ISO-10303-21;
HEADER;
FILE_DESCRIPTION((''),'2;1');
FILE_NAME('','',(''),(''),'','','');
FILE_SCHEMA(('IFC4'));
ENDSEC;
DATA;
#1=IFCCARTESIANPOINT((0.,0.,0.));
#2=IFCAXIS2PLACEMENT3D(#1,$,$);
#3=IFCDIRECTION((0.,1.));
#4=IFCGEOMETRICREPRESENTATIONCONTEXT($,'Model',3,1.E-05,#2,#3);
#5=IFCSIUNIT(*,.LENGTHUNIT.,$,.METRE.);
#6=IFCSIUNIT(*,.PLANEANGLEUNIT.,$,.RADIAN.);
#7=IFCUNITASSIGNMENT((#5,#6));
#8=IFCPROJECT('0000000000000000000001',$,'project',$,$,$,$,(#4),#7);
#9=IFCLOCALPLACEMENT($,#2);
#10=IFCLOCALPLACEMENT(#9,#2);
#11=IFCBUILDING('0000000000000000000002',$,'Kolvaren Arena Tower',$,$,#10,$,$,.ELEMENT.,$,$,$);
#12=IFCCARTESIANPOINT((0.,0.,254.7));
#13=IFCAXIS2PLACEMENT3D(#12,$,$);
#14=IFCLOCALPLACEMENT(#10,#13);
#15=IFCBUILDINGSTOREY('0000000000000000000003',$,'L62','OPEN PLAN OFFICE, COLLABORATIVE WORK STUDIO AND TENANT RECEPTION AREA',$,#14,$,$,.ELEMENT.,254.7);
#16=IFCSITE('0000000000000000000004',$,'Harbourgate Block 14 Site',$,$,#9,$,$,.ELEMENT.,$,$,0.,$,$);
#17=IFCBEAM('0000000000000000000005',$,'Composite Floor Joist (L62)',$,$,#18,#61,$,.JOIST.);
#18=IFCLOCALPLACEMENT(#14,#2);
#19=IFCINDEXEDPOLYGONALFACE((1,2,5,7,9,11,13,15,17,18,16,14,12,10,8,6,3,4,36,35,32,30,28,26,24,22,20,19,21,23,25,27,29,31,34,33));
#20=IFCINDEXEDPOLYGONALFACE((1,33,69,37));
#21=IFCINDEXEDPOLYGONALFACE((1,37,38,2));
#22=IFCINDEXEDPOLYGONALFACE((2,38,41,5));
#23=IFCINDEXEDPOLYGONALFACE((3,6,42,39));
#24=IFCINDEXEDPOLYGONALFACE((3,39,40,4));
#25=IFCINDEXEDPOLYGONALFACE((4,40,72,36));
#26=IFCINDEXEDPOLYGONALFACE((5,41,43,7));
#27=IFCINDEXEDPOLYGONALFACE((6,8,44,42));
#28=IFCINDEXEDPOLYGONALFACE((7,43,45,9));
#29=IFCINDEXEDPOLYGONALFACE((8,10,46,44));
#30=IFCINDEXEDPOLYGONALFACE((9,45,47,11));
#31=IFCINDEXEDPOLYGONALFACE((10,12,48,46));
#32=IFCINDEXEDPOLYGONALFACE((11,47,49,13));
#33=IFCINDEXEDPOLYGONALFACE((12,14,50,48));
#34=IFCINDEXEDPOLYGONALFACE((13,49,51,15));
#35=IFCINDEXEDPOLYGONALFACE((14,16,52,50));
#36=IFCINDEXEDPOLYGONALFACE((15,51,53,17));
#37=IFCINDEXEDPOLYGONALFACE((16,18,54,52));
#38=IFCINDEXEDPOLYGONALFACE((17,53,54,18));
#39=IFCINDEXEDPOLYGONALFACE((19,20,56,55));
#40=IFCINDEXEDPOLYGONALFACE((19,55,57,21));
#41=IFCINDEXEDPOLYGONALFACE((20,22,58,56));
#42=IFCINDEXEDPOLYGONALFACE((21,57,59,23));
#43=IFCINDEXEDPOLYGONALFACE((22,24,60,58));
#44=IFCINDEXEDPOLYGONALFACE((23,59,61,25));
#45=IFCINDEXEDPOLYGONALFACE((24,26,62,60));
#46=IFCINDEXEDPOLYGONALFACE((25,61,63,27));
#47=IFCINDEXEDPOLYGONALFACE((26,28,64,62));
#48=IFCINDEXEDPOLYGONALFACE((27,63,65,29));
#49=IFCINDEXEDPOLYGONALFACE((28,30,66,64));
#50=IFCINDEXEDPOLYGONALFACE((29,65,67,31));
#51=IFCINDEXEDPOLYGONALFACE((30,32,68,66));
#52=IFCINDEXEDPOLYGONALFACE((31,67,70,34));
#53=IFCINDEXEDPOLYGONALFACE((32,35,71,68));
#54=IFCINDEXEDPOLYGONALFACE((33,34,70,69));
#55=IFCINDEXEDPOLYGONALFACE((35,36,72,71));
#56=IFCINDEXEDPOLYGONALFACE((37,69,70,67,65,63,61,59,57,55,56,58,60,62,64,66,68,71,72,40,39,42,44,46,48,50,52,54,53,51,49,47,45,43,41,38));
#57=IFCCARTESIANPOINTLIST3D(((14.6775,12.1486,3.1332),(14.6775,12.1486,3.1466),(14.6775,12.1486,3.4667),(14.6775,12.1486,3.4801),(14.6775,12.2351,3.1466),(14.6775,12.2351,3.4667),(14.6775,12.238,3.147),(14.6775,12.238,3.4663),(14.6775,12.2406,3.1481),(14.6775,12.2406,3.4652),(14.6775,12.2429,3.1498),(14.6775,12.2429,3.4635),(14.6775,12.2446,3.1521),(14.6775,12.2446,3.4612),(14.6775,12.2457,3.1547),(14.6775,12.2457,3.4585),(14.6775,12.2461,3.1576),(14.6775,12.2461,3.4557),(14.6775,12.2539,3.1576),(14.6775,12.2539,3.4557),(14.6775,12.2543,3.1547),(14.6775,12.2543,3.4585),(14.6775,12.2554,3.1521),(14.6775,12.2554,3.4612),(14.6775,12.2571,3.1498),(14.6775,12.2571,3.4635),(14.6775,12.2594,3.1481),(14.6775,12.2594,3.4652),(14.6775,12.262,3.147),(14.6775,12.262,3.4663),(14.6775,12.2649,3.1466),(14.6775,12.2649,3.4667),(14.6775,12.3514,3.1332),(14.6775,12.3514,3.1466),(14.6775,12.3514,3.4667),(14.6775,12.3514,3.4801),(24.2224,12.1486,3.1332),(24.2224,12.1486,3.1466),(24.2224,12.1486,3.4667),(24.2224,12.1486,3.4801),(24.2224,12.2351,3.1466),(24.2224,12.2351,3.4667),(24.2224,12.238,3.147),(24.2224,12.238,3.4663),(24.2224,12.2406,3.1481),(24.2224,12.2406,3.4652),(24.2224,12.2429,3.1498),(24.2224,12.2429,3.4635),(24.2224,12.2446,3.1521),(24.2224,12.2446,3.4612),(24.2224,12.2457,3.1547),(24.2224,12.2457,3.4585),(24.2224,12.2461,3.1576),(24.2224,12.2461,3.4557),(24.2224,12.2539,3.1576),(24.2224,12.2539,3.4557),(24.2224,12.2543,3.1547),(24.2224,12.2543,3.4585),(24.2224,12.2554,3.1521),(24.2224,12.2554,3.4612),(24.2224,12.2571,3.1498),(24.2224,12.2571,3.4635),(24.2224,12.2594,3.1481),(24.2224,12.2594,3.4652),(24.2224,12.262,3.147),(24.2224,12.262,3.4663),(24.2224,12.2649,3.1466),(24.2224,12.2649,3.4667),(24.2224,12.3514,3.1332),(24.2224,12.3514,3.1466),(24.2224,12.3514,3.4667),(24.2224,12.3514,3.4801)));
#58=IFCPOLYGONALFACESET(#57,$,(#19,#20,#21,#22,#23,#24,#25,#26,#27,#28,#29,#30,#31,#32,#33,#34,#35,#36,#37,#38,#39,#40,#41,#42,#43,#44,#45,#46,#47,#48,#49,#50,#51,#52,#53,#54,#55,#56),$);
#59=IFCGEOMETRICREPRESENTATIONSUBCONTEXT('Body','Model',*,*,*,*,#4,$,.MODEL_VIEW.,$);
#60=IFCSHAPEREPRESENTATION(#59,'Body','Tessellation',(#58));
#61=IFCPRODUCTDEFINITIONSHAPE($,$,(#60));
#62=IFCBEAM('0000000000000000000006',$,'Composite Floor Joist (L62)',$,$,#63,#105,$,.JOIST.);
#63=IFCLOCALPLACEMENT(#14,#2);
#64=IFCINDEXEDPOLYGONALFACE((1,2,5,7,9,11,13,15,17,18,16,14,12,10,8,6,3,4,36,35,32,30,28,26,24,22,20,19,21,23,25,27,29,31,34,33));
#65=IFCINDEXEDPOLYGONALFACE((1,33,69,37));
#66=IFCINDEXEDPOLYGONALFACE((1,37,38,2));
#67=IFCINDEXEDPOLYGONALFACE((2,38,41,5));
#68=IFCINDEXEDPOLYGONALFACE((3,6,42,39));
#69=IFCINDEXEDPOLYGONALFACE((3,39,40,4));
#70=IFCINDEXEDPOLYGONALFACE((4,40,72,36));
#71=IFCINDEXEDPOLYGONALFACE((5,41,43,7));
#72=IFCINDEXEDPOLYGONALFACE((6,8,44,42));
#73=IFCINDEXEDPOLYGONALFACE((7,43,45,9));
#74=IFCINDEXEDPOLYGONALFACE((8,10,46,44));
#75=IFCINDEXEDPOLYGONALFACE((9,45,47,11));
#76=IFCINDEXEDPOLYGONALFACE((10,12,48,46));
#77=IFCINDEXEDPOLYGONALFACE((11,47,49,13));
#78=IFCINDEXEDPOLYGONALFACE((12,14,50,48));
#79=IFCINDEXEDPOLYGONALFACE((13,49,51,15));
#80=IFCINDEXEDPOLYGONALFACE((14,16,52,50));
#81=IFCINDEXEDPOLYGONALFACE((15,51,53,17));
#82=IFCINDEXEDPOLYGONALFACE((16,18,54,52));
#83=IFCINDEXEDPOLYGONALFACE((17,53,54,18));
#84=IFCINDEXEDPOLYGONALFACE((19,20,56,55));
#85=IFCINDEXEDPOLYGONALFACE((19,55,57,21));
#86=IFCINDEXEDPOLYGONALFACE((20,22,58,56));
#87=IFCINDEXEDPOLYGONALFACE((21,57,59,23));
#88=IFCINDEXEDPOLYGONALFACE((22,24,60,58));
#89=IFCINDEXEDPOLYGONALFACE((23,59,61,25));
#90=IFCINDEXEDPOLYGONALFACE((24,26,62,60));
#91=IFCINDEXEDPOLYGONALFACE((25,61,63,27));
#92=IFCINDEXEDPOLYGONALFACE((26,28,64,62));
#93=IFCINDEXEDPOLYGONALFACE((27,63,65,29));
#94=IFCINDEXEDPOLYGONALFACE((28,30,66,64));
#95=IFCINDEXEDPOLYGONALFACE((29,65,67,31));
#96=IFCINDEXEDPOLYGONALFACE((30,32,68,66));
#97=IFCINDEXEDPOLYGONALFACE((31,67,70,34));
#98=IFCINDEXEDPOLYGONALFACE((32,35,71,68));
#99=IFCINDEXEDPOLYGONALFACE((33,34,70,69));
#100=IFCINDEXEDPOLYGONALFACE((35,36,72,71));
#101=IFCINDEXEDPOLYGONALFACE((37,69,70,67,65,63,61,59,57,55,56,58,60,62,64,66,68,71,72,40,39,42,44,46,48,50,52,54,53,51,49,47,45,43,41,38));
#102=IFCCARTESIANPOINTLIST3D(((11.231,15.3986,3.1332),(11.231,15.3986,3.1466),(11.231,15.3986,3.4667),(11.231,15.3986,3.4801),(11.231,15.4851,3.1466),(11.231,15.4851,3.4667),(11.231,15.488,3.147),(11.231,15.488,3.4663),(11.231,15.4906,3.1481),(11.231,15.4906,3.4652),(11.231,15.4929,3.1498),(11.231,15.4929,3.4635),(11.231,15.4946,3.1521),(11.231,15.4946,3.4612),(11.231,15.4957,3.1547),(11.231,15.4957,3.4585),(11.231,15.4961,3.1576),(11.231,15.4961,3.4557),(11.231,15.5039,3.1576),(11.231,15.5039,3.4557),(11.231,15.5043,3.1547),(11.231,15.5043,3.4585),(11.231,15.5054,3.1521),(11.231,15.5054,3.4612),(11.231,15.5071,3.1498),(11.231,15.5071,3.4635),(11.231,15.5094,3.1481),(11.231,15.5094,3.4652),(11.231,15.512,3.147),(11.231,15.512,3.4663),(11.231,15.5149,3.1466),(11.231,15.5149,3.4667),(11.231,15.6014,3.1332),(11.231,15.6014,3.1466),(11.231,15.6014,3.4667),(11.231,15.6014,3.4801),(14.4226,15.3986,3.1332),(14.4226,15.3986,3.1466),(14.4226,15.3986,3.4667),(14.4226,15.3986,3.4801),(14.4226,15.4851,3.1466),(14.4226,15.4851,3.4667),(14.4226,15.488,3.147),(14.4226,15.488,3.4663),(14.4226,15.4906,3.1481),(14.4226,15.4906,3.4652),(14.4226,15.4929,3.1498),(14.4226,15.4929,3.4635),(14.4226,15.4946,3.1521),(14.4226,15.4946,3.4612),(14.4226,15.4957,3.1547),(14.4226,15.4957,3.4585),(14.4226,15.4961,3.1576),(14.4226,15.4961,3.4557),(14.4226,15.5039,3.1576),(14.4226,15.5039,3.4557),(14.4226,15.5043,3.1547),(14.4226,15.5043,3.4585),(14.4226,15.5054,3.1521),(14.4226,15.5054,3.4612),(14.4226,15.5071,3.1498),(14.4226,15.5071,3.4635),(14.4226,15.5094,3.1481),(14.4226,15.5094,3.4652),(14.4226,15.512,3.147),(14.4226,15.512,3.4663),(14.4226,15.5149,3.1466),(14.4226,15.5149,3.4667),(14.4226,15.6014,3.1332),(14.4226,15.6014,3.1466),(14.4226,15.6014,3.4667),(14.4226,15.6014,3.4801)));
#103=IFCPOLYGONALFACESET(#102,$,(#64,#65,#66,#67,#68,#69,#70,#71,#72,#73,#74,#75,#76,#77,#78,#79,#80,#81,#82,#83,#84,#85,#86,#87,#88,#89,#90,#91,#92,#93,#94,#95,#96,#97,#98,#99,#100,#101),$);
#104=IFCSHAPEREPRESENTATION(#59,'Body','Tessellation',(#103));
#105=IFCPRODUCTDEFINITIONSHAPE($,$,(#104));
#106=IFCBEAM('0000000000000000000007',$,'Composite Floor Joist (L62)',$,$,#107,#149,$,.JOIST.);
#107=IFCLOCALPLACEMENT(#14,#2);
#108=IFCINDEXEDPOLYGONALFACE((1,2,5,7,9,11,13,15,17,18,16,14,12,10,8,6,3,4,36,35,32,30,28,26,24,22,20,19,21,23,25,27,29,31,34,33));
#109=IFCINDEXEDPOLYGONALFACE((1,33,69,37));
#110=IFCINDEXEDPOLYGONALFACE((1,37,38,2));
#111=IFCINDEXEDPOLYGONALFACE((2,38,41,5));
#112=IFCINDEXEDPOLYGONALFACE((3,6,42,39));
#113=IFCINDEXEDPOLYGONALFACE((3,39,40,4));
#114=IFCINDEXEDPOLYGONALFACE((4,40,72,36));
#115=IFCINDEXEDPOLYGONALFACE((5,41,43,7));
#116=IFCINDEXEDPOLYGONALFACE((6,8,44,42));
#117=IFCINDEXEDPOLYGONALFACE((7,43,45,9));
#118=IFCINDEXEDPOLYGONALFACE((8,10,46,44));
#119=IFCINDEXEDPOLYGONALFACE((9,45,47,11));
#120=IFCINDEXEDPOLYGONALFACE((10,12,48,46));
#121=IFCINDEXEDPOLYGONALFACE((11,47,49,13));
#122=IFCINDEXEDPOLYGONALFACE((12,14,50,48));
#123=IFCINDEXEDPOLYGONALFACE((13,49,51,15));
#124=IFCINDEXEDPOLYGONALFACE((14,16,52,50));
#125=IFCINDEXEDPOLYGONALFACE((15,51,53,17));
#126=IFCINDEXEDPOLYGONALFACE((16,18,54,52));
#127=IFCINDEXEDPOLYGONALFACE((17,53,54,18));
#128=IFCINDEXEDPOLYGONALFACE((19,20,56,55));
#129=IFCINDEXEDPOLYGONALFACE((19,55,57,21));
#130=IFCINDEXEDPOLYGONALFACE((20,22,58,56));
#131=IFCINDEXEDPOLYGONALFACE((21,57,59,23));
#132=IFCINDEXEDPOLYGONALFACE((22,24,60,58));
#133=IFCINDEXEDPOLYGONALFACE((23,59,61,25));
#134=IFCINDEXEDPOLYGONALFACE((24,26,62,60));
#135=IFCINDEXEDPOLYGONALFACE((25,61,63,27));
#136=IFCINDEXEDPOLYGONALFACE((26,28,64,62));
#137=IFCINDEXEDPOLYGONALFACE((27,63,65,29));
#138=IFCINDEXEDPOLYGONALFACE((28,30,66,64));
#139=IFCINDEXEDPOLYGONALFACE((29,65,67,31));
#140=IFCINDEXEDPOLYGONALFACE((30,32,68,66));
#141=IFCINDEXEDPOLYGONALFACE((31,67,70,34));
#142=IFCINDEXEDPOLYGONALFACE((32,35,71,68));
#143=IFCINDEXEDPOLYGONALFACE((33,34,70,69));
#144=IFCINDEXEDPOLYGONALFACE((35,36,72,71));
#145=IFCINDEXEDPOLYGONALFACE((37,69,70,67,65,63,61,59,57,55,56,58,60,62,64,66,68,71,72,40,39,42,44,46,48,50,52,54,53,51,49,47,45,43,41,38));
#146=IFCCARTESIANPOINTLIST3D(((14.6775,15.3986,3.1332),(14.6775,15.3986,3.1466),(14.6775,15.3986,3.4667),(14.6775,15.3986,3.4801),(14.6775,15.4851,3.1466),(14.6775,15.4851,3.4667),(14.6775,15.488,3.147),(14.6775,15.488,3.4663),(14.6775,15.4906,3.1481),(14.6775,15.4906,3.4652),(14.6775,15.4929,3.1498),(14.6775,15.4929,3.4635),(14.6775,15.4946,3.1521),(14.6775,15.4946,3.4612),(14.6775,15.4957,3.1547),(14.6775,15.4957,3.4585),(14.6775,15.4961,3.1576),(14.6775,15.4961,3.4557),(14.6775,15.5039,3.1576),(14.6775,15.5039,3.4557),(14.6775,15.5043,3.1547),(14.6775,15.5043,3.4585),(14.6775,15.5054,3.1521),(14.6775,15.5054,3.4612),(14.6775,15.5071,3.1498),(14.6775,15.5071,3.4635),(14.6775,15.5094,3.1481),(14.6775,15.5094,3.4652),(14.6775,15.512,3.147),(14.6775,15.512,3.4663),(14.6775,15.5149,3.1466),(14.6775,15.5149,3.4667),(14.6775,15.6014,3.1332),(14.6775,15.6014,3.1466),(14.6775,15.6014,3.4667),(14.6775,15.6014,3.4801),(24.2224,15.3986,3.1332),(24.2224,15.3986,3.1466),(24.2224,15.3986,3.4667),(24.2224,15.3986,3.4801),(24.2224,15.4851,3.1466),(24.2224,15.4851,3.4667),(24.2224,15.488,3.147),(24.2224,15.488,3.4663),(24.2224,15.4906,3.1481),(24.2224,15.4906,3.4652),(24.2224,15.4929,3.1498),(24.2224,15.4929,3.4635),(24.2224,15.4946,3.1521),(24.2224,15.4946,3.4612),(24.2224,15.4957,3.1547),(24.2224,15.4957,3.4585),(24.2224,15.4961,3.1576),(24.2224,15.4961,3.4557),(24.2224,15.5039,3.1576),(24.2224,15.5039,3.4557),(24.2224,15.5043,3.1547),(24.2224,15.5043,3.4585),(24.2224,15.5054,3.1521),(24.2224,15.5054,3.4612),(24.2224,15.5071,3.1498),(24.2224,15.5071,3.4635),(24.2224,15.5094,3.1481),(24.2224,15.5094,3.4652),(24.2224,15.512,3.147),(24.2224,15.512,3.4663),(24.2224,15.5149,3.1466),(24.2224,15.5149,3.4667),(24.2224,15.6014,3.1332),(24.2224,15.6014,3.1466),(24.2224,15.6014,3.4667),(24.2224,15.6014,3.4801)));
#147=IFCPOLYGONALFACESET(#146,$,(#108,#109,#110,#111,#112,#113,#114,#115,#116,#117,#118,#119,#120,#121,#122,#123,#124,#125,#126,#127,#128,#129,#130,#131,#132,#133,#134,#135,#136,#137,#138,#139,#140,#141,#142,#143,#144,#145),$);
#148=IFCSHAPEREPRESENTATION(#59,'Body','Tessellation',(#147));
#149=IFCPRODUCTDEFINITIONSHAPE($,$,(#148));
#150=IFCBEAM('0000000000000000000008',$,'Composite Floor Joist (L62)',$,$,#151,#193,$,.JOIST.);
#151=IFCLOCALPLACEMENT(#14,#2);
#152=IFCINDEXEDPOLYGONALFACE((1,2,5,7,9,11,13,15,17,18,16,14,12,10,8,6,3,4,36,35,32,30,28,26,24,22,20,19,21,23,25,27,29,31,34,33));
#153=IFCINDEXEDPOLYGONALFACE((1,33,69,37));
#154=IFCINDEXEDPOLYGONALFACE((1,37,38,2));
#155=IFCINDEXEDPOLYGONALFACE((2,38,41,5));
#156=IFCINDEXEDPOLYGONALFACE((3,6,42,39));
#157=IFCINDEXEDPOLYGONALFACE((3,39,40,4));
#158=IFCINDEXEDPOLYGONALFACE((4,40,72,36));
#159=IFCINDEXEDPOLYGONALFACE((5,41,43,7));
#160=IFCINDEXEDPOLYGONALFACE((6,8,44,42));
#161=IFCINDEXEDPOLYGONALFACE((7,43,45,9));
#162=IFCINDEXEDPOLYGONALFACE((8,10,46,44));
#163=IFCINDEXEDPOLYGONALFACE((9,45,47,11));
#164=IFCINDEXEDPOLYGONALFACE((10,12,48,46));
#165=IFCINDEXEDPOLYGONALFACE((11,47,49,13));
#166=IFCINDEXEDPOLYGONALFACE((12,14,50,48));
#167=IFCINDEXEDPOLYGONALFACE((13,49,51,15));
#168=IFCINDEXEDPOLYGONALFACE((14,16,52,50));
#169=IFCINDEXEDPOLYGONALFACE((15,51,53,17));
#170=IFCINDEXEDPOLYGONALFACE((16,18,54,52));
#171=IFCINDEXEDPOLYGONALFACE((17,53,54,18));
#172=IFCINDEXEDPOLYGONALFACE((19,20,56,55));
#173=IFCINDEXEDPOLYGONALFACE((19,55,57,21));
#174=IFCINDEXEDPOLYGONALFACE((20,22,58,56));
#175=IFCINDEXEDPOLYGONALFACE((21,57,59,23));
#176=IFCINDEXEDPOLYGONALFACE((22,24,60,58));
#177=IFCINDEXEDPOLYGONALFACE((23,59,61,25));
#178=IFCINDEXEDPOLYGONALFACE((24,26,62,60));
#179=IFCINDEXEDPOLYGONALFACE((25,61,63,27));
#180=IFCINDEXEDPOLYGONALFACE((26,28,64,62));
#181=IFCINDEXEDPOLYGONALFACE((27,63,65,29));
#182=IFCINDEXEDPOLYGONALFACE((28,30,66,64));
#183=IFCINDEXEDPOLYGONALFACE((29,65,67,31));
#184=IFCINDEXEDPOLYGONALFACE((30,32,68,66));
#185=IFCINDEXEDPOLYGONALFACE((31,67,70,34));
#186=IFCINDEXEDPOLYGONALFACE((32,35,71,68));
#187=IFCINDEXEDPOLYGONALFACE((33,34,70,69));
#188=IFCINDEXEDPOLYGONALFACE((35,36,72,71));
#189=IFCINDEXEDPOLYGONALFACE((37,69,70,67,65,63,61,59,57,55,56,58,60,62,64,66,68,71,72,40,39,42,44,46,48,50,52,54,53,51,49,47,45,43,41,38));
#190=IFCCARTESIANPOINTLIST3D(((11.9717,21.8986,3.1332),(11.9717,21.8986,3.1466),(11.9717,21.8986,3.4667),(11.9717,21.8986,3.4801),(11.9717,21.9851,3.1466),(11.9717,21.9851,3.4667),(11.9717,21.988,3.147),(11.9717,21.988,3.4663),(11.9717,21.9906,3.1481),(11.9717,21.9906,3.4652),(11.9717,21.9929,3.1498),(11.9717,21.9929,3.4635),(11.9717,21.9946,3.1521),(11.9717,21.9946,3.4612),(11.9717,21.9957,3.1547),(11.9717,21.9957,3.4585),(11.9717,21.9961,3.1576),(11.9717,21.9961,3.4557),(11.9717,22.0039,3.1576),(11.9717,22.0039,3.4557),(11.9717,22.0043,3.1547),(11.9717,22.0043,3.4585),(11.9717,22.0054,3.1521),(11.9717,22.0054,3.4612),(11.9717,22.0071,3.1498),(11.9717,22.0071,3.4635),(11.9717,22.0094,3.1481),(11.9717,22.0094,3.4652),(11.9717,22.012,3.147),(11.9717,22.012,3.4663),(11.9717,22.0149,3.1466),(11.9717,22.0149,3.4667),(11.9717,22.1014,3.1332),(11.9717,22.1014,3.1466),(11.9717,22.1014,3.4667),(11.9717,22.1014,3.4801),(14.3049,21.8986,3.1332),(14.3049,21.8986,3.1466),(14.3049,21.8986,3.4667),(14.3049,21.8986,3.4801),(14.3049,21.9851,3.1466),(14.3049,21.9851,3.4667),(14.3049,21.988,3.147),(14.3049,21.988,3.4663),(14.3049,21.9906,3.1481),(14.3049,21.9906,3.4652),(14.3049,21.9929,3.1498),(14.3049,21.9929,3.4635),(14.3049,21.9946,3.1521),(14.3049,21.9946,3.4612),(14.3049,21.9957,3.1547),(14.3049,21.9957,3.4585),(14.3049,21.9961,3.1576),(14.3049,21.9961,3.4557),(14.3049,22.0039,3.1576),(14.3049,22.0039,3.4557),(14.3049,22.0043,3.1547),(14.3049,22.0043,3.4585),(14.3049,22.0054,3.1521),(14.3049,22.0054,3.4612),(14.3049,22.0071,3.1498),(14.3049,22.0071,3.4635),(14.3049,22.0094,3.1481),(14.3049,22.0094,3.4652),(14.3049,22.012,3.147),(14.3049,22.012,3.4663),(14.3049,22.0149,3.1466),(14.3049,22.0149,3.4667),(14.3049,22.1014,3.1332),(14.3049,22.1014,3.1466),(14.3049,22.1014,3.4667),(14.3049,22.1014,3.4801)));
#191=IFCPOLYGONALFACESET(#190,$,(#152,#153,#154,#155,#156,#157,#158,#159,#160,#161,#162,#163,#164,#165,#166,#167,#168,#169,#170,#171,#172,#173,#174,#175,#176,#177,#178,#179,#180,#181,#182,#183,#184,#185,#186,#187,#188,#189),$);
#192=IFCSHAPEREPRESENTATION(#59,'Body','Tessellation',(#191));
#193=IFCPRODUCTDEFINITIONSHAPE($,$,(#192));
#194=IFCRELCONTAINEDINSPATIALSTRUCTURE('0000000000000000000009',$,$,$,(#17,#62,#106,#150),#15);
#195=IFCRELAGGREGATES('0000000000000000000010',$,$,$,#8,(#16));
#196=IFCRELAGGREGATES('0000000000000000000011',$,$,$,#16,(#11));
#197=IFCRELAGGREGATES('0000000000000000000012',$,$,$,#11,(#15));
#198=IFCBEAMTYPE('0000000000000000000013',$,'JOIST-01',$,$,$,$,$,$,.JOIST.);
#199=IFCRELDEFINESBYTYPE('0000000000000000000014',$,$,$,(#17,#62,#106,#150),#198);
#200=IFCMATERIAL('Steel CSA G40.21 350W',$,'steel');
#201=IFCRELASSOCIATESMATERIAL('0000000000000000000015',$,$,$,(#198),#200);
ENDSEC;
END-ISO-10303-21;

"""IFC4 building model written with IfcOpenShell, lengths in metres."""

from ifc_helpers import new_model, si_unit, direction, frame, origin, origin_2d, place, context, subcontext, project, spatial, i_section, extrude, material, material_profile, profile_set, type_object, element, save


model = new_model("IFC4")

# Units and contexts
model_context = context("Model", 3, precision=1e-05, world=origin(), true_north=direction((0.0, 1.0)))
body_context = subcontext(model_context, "Body", "Model", "MODEL_VIEW")
ifc_project = project(units=[si_unit("LENGTHUNIT", "METRE"), si_unit("PLANEANGLEUNIT", "RADIAN")], contexts=[model_context])

# Site, building, storey
site_placement = place(None, origin())
site = spatial("IfcSite", under=ifc_project, at=site_placement, Name="Harbourgate Block 14 Site", CompositionType="ELEMENT", RefElevation=0.0)
building_placement = place(site_placement, origin())
building = spatial("IfcBuilding", under=site, at=building_placement, Name="Kolvaren Arena Tower", CompositionType="ELEMENT")
storey_placement = place(building_placement, frame((0.0, 0.0, 254.7)))
storey = spatial("IfcBuildingStorey", under=building, at=storey_placement, Name="L62", Description="OPEN PLAN OFFICE, COLLABORATIVE WORK STUDIO AND TENANT RECEPTION AREA", CompositionType="ELEMENT", Elevation=254.7)

# Beams
ifc_material_1 = material(Name="Steel CSA G40.21 350W", Category="steel")
ifc_material_profile_1 = material_profile(ifc_material_1, i_section(OverallWidth=0.2029, OverallDepth=0.3469, WebThickness=0.0078, FlangeThickness=0.0134, FilletRadius=0.011, at=origin_2d()), Name="W360x64")
ifc_profile_set_1 = profile_set([ifc_material_profile_1], Name="Steel CSA G40.21 350W")
beam_type_1 = type_object("IfcBeamType", Name="JOIST-01", PredefinedType="JOIST", material=ifc_profile_set_1)
beam_1_placement = place(storey_placement, frame((14.6775, 12.25, 3.3066), z_axis=(1.0, 0.0, 0.0), x_axis=(0.0, 1.0, 0.0)))
element("IfcBeam", 1, at=beam_1_placement, inside=storey, type_object=beam_type_1, Name="Composite Floor Joist (L62)", PredefinedType="JOIST", context=body_context, shape_type="SweptSolid", body=[
    extrude(i_section(OverallWidth=0.2029, OverallDepth=0.3469, WebThickness=0.0078, FlangeThickness=0.0134, FilletRadius=0.011, at=origin_2d()), origin(), (0.0, 0.0, 1.0), 9.5449),
])
beam_2_placement = place(storey_placement, frame((11.231, 15.5, 3.3066), z_axis=(1.0, 0.0, 0.0), x_axis=(0.0, 1.0, 0.0)))
element("IfcBeam", 2, at=beam_2_placement, inside=storey, type_object=beam_type_1, Name="Composite Floor Joist (L62)", PredefinedType="JOIST", context=body_context, shape_type="SweptSolid", body=[
    extrude(i_section(OverallWidth=0.2029, OverallDepth=0.3469, WebThickness=0.0078, FlangeThickness=0.0134, FilletRadius=0.011, at=origin_2d()), origin(), (0.0, 0.0, 1.0), 3.1917),
])
beam_3_placement = place(storey_placement, frame((14.6775, 15.5, 3.3066), z_axis=(1.0, 0.0, 0.0), x_axis=(0.0, 1.0, 0.0)))
element("IfcBeam", 3, at=beam_3_placement, inside=storey, type_object=beam_type_1, Name="Composite Floor Joist (L62)", PredefinedType="JOIST", context=body_context, shape_type="SweptSolid", body=[
    extrude(i_section(OverallWidth=0.2029, OverallDepth=0.3469, WebThickness=0.0078, FlangeThickness=0.0134, FilletRadius=0.011, at=origin_2d()), origin(), (0.0, 0.0, 1.0), 9.5449),
])
beam_4_placement = place(storey_placement, frame((11.9717, 22.0, 3.3066), z_axis=(1.0, 0.0, 0.0), x_axis=(0.0, 1.0, 0.0)))
element("IfcBeam", 4, at=beam_4_placement, inside=storey, type_object=beam_type_1, Name="Composite Floor Joist (L62)", PredefinedType="JOIST", context=body_context, shape_type="SweptSolid", body=[
    extrude(i_section(OverallWidth=0.2029, OverallDepth=0.3469, WebThickness=0.0078, FlangeThickness=0.0134, FilletRadius=0.011, at=origin_2d()), origin(), (0.0, 0.0, 1.0), 2.3333),
])

save(model, "model.ifc")
